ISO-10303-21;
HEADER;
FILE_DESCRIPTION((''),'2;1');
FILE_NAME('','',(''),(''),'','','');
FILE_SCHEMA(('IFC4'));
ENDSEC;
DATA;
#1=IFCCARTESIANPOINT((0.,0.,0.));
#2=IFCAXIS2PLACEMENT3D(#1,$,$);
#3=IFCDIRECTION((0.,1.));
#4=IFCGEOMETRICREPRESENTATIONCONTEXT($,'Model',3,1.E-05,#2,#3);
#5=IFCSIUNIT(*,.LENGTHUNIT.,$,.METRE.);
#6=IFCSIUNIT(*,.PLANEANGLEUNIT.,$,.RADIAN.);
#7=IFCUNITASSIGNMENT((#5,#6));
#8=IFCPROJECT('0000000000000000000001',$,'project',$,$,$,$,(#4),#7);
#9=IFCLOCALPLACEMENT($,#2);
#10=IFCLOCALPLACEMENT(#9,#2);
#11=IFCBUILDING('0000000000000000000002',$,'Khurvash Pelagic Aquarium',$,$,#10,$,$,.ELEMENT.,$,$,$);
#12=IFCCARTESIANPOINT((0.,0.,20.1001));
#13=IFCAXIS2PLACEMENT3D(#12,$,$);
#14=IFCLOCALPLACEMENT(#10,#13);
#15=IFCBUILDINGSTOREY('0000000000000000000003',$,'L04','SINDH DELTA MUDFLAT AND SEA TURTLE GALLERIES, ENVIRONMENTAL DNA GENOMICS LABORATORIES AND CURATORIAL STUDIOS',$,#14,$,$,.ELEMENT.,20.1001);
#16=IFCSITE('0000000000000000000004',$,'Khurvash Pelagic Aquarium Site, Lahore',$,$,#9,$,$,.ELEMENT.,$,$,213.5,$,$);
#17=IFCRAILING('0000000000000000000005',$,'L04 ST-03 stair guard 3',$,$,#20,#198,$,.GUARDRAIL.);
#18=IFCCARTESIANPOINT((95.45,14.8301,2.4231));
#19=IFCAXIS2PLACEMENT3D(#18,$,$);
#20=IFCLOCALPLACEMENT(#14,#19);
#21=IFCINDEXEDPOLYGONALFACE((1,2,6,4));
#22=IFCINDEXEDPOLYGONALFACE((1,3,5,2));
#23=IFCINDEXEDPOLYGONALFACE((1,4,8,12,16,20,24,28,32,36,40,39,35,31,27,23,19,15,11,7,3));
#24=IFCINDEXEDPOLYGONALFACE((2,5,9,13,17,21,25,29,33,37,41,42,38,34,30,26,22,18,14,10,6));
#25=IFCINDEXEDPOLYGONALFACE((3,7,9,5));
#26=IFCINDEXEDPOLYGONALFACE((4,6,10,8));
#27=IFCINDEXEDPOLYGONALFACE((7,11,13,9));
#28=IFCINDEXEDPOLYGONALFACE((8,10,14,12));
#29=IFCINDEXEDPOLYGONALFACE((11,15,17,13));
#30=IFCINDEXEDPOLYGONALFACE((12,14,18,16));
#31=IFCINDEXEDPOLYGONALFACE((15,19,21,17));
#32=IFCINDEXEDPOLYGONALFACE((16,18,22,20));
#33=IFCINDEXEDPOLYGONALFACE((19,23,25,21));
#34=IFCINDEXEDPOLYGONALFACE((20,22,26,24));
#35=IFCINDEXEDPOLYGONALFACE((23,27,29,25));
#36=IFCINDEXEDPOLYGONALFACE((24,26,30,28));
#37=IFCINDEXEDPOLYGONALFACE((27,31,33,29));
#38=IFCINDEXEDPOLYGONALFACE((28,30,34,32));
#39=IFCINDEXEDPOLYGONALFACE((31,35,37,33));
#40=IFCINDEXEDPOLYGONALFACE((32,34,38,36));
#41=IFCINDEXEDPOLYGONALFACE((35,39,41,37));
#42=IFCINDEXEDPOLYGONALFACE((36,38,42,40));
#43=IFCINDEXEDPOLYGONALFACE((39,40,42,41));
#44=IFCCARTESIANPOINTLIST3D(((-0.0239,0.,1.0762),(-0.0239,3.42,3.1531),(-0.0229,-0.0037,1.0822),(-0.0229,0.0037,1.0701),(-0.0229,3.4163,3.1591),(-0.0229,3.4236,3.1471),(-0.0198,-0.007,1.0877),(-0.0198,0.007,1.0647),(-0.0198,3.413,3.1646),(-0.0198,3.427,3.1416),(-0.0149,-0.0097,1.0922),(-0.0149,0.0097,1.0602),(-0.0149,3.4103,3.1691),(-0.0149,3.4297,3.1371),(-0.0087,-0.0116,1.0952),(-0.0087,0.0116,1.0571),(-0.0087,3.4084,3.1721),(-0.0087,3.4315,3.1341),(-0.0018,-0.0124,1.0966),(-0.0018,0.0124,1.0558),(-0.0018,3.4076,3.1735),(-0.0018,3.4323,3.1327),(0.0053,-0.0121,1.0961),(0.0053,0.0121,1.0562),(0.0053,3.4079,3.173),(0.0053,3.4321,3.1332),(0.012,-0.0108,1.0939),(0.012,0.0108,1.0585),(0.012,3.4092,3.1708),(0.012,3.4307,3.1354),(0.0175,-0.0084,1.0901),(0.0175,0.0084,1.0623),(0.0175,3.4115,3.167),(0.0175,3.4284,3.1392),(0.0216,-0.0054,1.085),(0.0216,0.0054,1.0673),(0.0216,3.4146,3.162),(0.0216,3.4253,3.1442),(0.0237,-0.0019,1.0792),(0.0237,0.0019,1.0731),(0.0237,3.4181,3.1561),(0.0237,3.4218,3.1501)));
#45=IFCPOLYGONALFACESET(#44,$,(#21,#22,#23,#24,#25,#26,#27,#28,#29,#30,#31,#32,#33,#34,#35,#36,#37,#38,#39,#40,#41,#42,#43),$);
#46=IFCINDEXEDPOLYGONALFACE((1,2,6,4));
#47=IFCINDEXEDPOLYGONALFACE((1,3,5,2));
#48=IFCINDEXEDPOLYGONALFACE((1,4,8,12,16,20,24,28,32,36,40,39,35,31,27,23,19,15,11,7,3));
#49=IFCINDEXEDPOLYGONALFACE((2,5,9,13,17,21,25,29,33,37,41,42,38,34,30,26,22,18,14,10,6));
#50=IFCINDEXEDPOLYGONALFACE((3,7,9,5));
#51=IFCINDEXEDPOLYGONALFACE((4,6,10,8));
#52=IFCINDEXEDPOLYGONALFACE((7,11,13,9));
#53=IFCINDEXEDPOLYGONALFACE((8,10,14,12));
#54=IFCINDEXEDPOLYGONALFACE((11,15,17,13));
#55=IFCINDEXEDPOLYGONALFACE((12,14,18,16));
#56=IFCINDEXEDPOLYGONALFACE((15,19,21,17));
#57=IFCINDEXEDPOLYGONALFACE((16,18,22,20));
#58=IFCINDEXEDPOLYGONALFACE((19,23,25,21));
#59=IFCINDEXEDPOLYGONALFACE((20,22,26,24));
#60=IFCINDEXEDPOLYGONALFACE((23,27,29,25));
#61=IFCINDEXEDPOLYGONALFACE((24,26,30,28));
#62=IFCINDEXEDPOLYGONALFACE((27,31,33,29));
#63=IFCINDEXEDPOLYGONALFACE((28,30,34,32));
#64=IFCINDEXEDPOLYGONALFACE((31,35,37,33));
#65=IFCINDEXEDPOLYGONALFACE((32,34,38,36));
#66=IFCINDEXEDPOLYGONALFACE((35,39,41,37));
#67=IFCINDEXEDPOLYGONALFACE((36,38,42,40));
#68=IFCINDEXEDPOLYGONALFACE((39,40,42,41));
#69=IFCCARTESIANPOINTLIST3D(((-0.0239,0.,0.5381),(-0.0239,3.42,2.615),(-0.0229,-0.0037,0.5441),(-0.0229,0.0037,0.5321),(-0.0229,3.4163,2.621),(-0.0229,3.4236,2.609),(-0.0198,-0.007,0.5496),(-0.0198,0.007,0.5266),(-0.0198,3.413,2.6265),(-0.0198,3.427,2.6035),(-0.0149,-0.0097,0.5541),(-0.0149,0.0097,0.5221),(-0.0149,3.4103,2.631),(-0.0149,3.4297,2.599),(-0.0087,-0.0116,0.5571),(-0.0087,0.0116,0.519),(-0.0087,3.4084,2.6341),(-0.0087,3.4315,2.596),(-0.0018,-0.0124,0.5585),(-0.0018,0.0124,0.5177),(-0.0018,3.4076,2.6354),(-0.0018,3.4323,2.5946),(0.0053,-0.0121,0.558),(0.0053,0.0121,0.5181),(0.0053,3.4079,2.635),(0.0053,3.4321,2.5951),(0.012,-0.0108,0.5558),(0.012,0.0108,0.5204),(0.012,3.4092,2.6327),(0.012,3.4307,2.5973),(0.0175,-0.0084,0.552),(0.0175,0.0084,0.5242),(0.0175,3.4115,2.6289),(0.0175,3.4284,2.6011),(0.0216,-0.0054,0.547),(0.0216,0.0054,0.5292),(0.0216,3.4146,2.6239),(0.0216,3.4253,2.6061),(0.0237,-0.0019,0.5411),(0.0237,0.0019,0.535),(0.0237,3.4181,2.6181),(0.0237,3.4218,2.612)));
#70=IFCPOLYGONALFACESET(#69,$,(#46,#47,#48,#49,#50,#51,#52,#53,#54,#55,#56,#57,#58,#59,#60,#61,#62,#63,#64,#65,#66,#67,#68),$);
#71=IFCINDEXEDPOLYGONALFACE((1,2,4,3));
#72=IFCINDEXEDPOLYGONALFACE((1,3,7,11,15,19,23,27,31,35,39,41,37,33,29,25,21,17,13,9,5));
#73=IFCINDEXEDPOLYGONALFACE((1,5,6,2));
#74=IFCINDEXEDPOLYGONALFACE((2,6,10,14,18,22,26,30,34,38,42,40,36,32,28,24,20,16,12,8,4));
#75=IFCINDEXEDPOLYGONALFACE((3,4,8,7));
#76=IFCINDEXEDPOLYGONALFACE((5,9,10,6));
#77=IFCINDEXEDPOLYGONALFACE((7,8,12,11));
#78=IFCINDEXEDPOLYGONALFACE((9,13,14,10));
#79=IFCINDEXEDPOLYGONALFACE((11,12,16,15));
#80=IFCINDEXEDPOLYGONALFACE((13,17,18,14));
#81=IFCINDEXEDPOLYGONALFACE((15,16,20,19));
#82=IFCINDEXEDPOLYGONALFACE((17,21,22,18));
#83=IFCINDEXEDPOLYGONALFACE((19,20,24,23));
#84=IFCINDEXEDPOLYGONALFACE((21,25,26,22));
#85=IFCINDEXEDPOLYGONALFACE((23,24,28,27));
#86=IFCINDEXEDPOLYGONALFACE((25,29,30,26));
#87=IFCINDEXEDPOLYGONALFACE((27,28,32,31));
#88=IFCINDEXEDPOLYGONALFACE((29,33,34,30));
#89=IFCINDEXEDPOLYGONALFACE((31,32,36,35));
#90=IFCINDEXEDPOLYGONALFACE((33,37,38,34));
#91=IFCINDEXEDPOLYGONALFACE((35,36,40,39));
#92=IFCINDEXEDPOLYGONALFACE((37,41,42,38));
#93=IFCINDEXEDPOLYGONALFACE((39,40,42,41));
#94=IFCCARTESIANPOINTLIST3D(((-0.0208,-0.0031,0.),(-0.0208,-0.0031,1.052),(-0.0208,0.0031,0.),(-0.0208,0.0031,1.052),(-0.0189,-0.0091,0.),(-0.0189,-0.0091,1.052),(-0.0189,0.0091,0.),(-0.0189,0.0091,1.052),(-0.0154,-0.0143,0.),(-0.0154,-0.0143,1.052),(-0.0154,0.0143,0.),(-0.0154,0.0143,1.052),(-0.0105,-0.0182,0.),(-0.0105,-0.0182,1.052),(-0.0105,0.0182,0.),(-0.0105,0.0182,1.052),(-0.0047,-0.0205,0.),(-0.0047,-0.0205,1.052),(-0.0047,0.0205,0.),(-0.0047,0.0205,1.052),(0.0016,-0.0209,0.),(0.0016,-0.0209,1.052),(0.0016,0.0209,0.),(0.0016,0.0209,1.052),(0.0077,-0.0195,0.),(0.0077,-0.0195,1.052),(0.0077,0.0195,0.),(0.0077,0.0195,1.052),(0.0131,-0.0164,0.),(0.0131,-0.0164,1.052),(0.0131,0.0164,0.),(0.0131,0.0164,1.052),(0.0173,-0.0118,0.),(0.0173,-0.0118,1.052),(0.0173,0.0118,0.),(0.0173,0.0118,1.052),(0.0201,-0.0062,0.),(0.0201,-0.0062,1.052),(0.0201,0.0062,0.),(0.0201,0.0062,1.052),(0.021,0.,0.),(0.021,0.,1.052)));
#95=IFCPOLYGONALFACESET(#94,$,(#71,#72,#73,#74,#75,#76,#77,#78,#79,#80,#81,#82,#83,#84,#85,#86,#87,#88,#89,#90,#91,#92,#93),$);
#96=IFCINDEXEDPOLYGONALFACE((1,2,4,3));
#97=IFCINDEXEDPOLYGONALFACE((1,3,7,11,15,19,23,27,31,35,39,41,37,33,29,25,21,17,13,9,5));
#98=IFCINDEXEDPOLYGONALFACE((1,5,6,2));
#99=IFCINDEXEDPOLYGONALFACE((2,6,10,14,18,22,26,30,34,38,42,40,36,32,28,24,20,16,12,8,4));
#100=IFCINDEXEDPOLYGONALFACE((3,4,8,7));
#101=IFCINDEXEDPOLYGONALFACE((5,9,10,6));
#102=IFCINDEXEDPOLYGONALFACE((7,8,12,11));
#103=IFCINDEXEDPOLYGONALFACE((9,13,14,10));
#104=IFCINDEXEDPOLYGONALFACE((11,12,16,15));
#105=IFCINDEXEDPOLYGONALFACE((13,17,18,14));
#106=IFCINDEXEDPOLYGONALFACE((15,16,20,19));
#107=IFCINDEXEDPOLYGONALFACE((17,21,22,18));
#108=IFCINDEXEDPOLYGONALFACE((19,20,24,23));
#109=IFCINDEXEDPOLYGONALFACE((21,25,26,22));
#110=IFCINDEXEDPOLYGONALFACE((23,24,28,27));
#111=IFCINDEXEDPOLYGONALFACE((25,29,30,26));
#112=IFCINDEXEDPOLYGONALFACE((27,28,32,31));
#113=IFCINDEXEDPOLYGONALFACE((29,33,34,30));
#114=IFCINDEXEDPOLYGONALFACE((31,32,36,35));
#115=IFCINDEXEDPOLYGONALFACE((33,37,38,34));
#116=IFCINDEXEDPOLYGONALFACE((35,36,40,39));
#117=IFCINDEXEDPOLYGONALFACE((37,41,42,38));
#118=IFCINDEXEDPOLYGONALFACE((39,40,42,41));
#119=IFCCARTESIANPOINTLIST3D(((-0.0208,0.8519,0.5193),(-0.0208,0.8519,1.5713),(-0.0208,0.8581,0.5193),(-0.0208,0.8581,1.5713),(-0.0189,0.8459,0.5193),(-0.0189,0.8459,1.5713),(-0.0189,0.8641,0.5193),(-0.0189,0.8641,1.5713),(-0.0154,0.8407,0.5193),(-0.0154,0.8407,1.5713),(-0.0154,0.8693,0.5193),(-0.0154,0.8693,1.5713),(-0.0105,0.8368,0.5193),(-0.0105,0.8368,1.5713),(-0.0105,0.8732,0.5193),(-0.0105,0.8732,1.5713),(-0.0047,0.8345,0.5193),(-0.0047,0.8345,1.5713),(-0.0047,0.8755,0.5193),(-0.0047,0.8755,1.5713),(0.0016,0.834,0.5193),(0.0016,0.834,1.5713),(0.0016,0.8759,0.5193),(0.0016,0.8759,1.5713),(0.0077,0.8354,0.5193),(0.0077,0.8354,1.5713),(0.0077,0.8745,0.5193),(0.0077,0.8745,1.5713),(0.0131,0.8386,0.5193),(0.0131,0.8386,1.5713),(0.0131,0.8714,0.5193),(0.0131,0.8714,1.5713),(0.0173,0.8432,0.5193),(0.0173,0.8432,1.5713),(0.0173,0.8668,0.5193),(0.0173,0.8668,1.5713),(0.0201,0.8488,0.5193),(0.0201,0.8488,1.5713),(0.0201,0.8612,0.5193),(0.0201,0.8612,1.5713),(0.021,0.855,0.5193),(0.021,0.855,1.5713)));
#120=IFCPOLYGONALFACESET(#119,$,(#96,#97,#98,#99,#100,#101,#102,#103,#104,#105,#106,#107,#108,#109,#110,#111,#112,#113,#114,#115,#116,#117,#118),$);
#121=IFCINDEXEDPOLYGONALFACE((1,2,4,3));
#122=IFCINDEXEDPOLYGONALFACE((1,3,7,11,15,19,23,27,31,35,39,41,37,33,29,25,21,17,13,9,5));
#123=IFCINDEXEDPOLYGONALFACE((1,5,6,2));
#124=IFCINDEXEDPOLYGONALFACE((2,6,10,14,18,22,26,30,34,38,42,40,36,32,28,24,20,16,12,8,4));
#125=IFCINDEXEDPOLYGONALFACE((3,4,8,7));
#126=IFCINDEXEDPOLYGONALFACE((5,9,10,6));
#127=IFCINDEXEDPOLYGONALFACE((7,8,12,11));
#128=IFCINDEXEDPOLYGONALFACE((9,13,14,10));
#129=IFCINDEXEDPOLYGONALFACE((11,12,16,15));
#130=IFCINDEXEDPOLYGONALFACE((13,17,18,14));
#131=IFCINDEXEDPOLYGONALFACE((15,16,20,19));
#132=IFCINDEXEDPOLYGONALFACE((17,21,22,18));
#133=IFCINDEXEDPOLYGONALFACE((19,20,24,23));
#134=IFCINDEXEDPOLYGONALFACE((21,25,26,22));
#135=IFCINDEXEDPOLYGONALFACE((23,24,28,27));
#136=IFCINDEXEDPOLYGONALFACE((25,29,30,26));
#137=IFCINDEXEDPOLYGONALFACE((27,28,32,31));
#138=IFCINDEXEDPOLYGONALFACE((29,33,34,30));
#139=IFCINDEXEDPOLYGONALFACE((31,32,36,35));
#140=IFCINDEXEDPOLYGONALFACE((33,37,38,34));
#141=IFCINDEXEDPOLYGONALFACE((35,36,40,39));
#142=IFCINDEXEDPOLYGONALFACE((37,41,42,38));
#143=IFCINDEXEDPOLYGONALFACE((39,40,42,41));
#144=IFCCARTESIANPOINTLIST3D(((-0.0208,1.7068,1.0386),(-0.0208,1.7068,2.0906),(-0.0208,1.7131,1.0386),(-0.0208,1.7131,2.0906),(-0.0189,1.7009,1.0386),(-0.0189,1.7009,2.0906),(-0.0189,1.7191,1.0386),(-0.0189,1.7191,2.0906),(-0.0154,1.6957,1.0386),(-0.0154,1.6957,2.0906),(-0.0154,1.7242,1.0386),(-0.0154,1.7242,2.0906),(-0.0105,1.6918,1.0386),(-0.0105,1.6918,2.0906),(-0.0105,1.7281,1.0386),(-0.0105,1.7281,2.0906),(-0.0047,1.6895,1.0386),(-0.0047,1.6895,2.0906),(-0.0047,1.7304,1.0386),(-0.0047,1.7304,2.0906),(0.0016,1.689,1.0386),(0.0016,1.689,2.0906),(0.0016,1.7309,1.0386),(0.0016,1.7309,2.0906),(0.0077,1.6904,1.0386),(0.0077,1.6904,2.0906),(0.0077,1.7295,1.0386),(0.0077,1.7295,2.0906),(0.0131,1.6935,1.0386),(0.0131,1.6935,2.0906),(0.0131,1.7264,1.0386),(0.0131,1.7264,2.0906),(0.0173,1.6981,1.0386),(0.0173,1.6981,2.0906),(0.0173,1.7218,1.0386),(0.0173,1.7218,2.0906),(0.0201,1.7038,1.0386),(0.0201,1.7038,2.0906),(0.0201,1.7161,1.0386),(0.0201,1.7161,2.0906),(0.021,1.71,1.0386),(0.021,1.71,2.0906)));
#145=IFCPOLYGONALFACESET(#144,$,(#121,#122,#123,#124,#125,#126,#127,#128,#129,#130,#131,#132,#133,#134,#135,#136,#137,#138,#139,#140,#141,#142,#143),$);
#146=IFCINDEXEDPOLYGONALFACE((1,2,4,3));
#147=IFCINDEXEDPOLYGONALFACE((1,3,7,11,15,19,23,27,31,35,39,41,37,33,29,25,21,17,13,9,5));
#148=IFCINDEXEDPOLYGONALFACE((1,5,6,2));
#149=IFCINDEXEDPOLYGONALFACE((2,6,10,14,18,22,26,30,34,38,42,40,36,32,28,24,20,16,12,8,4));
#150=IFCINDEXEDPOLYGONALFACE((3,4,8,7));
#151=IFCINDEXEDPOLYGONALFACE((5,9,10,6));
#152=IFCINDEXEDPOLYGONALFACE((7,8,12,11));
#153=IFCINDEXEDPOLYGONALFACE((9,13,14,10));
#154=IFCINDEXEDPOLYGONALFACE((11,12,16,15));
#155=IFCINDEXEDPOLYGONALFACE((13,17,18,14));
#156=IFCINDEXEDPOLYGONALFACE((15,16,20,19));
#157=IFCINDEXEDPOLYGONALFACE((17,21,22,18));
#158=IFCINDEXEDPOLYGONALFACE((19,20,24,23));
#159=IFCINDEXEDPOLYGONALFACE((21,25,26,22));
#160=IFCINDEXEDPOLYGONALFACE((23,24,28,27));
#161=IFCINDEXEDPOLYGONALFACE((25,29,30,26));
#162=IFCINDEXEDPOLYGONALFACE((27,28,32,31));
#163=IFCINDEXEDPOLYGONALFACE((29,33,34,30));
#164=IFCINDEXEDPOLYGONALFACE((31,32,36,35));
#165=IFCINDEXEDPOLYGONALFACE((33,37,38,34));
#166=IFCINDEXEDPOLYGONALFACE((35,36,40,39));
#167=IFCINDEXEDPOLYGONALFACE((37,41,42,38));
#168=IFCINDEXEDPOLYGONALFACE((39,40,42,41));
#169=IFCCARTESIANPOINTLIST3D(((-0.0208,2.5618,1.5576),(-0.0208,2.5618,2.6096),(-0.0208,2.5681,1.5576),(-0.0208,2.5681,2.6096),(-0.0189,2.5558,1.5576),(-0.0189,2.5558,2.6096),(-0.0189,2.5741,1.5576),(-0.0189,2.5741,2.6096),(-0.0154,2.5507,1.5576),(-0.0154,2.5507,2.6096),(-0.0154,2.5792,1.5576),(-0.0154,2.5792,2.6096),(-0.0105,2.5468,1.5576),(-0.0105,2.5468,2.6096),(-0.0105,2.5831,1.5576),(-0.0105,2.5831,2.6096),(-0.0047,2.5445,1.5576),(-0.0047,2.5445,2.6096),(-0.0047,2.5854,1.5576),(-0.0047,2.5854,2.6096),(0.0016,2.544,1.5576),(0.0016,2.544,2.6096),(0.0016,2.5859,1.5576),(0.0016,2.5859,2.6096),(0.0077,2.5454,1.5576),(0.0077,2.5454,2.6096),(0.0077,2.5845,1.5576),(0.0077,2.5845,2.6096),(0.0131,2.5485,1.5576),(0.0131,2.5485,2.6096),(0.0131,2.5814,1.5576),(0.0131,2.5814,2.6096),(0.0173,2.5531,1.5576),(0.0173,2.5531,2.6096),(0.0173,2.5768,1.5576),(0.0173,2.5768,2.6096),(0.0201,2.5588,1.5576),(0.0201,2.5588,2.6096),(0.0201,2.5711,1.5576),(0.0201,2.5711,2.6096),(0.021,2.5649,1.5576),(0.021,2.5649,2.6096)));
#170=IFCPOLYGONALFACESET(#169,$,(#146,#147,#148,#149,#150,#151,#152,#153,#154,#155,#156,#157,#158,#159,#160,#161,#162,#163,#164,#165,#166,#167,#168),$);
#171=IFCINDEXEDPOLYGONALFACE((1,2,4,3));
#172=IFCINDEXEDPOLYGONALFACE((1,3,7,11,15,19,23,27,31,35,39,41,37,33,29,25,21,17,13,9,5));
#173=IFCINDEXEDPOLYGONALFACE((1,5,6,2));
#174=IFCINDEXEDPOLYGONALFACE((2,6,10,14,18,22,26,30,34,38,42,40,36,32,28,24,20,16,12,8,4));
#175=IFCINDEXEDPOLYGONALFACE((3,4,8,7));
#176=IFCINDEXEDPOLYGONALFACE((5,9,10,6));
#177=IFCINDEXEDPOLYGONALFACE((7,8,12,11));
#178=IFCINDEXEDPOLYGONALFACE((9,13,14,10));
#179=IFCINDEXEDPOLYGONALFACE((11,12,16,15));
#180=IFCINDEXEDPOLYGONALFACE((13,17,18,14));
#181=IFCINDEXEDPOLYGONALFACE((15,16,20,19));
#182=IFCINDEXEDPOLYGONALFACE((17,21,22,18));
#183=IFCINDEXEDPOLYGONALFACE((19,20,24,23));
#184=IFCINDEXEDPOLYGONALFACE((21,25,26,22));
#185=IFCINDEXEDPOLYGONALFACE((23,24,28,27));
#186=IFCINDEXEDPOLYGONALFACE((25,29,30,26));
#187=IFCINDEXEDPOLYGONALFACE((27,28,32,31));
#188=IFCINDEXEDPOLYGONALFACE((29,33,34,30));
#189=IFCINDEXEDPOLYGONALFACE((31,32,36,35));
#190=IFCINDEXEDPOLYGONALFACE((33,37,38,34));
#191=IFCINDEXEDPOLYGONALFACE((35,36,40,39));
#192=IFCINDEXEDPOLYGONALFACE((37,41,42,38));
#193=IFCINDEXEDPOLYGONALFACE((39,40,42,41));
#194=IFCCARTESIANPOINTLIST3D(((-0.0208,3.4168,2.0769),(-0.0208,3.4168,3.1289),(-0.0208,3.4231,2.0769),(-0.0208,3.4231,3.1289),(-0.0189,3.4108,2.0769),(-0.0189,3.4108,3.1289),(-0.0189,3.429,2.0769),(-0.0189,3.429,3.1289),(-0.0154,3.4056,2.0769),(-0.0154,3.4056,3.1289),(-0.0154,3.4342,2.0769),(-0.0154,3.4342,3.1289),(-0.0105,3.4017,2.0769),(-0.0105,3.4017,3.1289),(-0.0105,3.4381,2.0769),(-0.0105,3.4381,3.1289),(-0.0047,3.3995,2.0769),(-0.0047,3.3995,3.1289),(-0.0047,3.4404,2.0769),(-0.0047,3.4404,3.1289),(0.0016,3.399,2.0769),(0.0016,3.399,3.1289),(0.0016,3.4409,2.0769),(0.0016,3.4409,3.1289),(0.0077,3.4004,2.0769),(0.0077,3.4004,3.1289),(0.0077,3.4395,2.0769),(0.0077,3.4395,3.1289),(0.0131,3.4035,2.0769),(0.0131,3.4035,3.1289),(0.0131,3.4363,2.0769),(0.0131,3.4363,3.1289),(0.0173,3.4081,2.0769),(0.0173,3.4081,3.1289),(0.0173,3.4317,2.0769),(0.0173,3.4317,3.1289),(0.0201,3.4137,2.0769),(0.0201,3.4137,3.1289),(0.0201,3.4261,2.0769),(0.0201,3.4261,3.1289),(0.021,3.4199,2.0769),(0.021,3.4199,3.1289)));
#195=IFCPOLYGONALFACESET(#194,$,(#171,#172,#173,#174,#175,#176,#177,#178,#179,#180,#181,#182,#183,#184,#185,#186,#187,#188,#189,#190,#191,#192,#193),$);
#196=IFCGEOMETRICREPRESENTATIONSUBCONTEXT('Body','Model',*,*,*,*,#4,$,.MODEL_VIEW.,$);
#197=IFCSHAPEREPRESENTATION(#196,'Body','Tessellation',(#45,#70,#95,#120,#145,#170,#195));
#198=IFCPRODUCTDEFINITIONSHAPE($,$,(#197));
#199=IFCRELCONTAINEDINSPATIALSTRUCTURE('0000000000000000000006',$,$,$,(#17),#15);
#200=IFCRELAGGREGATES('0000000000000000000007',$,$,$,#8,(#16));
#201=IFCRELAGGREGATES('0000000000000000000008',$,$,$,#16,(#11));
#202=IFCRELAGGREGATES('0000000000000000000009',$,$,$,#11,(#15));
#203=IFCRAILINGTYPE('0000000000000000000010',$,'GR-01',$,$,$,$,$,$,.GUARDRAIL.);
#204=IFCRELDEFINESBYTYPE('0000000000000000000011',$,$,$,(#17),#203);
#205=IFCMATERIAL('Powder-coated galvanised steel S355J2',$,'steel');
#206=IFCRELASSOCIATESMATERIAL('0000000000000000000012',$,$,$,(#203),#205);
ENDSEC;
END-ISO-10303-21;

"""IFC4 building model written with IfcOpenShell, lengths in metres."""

from ifc_helpers import new_model, si_unit, direction, frame, origin, origin_2d, place, context, subcontext, project, spatial, circle, extrude, material, type_object, element, save


model = new_model("IFC4")

# Units and contexts
model_context = context("Model", 3, precision=1e-05, world=origin(), true_north=direction((0.0, 1.0)))
body_context = subcontext(model_context, "Body", "Model", "MODEL_VIEW")
ifc_project = project(units=[si_unit("LENGTHUNIT", "METRE"), si_unit("PLANEANGLEUNIT", "RADIAN")], contexts=[model_context])

# Site, building, storey
site_placement = place(None, origin())
site = spatial("IfcSite", under=ifc_project, at=site_placement, Name="Khurvash Pelagic Aquarium Site, Lahore", CompositionType="ELEMENT", RefElevation=213.5)
building_placement = place(site_placement, origin())
building = spatial("IfcBuilding", under=site, at=building_placement, Name="Khurvash Pelagic Aquarium", CompositionType="ELEMENT")
storey_placement = place(building_placement, frame((0.0, 0.0, 20.1001)))
storey = spatial("IfcBuildingStorey", under=building, at=storey_placement, Name="L04", Description="SINDH DELTA MUDFLAT AND SEA TURTLE GALLERIES, ENVIRONMENTAL DNA GENOMICS LABORATORIES AND CURATORIAL STUDIOS", CompositionType="ELEMENT", Elevation=20.1001)

# Railing
ifc_material_1 = material(Name="Powder-coated galvanised steel S355J2", Category="steel")
railing_type_1 = type_object("IfcRailingType", Name="GR-01", PredefinedType="GUARDRAIL", material=ifc_material_1)
railing_1_placement = place(storey_placement, frame((95.45, 14.8301, 2.4231)))
element("IfcRailing", 1, at=railing_1_placement, inside=storey, type_object=railing_type_1, Name="L04 ST-03 stair guard 3", PredefinedType="GUARDRAIL", context=body_context, shape_type="SweptSolid", body=[
    extrude(circle(Radius=0.0239, at=origin_2d()), frame((0.0, 0.0, 1.0762), z_axis=(0.0, 0.85473, 0.519074), x_axis=(-1.0, 0.0, 0.0)), (0.0, 0.0, 1.0), 4.0012),
    extrude(circle(Radius=0.0239, at=origin_2d()), frame((0.0, 0.0, 0.5381), z_axis=(0.0, 0.85473, 0.519074), x_axis=(-1.0, 0.0, 0.0)), (0.0, 0.0, 1.0), 4.0012),
    extrude(circle(Radius=0.021, at=origin_2d()), origin(), (0.0, 0.0, 1.0), 1.052),
    extrude(circle(Radius=0.021, at=origin_2d()), frame((0.0, 0.855, 0.5193)), (0.0, 0.0, 1.0), 1.052),
    extrude(circle(Radius=0.021, at=origin_2d()), frame((0.0, 1.71, 1.0386)), (0.0, 0.0, 1.0), 1.052),
    extrude(circle(Radius=0.021, at=origin_2d()), frame((0.0, 2.5649, 1.5576)), (0.0, 0.0, 1.0), 1.052),
    extrude(circle(Radius=0.021, at=origin_2d()), frame((0.0, 3.4199, 2.0769)), (0.0, 0.0, 1.0), 1.052),
])

save(model, "model.ifc")
